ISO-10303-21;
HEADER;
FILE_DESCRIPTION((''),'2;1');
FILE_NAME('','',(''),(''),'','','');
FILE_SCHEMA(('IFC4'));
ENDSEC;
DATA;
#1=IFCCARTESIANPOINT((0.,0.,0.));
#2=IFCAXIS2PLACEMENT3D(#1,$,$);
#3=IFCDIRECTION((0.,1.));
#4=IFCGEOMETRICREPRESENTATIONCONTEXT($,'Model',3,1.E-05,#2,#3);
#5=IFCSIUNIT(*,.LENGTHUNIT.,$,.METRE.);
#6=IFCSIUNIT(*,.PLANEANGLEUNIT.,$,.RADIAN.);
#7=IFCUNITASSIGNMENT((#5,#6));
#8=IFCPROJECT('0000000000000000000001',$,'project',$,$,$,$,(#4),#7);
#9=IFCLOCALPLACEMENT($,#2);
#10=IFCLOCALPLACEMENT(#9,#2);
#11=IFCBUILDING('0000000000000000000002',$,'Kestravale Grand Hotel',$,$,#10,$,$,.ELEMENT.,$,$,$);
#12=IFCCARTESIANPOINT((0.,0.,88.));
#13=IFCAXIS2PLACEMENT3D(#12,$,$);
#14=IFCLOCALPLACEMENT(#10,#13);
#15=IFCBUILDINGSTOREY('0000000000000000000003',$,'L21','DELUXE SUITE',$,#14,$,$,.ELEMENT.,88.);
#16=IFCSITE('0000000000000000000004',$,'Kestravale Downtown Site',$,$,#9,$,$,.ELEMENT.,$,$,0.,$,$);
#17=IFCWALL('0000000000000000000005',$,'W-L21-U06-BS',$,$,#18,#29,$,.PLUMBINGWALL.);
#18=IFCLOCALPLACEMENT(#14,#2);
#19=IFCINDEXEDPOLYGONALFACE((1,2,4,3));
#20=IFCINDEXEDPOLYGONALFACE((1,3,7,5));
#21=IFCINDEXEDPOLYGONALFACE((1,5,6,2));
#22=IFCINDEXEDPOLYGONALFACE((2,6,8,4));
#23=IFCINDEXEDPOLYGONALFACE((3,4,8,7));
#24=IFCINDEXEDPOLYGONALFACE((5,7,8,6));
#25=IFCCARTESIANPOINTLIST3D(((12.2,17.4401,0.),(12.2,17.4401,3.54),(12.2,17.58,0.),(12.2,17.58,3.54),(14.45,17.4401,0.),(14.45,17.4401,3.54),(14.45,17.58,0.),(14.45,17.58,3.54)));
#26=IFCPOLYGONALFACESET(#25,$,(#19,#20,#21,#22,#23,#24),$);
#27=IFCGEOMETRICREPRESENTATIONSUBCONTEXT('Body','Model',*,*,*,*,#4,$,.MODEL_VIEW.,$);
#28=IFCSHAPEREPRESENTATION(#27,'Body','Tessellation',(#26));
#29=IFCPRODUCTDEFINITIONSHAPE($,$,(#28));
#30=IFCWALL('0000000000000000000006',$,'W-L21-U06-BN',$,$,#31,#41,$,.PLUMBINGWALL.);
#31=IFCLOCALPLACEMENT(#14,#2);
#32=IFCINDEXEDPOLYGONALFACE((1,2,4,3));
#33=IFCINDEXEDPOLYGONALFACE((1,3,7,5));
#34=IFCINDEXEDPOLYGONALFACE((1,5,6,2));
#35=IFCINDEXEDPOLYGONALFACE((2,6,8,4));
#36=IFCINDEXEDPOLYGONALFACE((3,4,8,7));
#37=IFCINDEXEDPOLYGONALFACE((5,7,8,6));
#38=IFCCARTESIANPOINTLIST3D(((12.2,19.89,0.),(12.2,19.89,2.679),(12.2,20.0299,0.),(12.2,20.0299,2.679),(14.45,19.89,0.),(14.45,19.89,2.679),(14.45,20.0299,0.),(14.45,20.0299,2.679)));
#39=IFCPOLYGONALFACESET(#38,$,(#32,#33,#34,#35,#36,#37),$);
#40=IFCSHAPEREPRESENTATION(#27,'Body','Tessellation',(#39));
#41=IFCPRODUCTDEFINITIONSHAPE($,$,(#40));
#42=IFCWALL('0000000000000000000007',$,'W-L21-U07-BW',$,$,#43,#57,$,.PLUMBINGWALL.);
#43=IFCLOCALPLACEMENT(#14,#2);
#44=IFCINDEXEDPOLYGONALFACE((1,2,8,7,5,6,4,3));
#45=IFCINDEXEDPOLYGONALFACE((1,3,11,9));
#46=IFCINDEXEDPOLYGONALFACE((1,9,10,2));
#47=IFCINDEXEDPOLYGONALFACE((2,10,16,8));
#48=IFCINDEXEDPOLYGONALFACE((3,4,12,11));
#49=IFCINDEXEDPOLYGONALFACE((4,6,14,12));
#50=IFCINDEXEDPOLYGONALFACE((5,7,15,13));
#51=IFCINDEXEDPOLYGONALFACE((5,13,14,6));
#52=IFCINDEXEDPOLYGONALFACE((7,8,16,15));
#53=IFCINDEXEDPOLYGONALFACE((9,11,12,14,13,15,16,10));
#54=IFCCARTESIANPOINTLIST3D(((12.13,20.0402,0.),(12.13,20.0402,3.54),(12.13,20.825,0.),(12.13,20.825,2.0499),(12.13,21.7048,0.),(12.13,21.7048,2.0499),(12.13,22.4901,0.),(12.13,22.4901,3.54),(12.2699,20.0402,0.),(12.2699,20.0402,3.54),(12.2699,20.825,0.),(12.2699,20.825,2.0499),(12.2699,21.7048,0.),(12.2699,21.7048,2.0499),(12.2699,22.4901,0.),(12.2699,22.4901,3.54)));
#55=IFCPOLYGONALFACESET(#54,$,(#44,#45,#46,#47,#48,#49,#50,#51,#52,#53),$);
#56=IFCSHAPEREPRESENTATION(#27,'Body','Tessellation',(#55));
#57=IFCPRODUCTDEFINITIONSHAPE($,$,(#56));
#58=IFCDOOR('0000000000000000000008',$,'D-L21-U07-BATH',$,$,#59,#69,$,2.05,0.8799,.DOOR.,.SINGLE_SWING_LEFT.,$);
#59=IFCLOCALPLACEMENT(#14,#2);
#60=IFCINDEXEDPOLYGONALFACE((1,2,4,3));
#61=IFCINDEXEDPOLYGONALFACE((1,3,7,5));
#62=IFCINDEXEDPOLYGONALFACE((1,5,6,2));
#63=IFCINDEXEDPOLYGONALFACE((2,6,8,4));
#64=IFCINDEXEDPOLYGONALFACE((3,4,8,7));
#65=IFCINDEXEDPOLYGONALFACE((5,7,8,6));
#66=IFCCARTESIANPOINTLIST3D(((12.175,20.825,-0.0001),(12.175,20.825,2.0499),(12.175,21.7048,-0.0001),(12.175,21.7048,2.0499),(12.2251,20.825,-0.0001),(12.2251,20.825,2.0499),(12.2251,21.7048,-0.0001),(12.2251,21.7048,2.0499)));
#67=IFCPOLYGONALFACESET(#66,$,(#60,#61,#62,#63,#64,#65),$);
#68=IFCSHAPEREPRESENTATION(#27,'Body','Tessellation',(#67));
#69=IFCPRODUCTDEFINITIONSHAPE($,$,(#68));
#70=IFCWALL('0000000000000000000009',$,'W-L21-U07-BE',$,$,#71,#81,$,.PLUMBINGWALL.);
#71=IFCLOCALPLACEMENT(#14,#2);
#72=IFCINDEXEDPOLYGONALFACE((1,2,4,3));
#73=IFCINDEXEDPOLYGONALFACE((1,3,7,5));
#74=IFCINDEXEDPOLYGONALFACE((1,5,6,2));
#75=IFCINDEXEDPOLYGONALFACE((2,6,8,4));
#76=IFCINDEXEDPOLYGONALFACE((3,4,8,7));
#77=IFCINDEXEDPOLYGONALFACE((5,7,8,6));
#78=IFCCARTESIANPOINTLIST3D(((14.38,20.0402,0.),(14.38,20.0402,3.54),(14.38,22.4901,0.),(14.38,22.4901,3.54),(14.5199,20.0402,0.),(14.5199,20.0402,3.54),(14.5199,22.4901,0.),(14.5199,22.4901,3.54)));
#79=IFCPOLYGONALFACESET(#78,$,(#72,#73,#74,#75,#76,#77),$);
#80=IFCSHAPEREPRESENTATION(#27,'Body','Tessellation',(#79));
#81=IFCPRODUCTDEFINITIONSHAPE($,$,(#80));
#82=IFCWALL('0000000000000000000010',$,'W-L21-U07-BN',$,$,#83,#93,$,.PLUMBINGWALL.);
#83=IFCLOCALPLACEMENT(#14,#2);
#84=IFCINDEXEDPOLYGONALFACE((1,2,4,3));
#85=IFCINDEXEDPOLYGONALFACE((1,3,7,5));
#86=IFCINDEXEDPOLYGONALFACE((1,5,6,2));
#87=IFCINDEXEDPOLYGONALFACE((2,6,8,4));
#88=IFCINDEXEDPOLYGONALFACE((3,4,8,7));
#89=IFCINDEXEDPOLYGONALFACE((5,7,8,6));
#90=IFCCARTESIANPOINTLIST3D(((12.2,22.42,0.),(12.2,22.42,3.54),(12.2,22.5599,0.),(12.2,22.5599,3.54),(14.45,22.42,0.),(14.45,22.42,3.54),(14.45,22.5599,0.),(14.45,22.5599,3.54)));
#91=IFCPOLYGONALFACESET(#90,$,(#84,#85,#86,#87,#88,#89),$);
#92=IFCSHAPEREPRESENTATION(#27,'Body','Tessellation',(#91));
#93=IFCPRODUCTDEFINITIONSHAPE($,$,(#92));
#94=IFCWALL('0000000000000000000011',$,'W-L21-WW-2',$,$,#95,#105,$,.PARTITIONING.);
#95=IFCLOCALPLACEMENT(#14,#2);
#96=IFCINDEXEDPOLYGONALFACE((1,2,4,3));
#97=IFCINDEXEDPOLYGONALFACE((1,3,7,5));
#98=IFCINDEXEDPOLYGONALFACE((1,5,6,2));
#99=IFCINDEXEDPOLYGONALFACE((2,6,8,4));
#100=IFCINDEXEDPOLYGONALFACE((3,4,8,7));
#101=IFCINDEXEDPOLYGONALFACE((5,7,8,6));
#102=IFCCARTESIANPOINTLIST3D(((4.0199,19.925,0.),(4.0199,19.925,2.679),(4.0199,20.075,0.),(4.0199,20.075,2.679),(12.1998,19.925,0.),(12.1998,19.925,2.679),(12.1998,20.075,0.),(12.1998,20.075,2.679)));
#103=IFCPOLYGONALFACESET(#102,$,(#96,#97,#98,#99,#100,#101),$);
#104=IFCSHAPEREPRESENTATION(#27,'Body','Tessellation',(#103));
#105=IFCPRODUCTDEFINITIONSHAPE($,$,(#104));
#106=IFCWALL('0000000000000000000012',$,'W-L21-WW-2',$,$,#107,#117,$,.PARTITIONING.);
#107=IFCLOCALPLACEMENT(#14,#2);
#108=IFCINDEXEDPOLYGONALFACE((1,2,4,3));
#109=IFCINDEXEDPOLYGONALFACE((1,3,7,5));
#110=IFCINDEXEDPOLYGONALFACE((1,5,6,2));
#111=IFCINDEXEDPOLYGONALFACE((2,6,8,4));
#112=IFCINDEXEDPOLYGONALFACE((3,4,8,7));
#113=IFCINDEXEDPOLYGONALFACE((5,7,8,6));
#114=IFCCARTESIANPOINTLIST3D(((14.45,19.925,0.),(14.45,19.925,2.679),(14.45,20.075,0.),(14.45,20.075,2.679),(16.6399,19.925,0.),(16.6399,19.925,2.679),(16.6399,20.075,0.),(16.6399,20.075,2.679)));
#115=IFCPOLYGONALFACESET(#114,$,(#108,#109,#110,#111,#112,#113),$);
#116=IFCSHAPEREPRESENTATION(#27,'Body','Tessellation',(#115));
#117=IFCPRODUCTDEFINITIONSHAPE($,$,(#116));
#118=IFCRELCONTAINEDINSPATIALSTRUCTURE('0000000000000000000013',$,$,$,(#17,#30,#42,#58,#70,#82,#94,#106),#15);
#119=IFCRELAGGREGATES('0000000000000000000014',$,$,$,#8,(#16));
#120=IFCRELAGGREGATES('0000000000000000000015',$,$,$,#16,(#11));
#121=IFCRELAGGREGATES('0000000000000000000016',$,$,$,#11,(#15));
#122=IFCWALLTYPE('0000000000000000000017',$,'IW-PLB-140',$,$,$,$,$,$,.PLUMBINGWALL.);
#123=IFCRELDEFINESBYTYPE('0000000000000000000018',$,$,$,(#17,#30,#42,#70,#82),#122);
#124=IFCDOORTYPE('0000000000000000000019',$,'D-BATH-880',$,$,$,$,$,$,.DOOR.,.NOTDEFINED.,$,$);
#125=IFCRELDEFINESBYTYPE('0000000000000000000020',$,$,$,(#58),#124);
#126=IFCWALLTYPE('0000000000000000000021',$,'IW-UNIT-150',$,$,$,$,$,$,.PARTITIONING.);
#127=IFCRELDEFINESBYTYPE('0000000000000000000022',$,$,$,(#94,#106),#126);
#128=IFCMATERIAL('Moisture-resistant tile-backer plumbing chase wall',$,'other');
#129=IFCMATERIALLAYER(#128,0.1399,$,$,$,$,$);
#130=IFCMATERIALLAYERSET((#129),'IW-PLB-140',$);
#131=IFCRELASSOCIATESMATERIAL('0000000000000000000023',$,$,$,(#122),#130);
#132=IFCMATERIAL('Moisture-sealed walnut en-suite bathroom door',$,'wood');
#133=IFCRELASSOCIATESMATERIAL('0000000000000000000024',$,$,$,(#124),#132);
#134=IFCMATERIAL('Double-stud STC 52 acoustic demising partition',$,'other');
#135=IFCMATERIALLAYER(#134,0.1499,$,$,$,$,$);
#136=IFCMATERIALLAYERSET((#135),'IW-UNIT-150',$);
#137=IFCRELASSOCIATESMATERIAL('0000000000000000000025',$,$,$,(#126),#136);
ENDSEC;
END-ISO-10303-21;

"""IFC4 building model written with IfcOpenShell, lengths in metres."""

from ifc_helpers import new_model, si_unit, direction, frame, frame_2d, origin, place, context, subcontext, project, spatial, rectangle, extrude, material, layer, layer_set, type_object, element, fill, save


model = new_model("IFC4")

# Units and contexts
model_context = context("Model", 3, precision=1e-05, world=origin(), true_north=direction((0.0, 1.0)))
body_context = subcontext(model_context, "Body", "Model", "MODEL_VIEW")
ifc_project = project(units=[si_unit("LENGTHUNIT", "METRE"), si_unit("PLANEANGLEUNIT", "RADIAN")], contexts=[model_context])

# Site, building, storey
site_placement = place(None, origin())
site = spatial("IfcSite", under=ifc_project, at=site_placement, Name="Kestravale Downtown Site", CompositionType="ELEMENT", RefElevation=0.0)
building_placement = place(site_placement, origin())
building = spatial("IfcBuilding", under=site, at=building_placement, Name="Kestravale Grand Hotel", CompositionType="ELEMENT")
storey_placement = place(building_placement, frame((0.0, 0.0, 88.0)))
storey = spatial("IfcBuildingStorey", under=building, at=storey_placement, Name="L21", Description="DELUXE SUITE", CompositionType="ELEMENT", Elevation=88.0)

# Shared definitions
ifc_material_1 = material(Name="Moisture-resistant tile-backer plumbing chase wall", Category="other")
ifc_layer_1 = layer(ifc_material_1, 0.1399)
ifc_layer_set_1 = layer_set([ifc_layer_1], Name="IW-PLB-140")
wall_type_1 = type_object("IfcWallType", Name="IW-PLB-140", PredefinedType="PLUMBINGWALL", material=ifc_layer_set_1)
ifc_material_2 = material(Name="Moisture-sealed walnut en-suite bathroom door", Category="wood")
door_type_1 = type_object("IfcDoorType", Name="D-BATH-880", OperationType="NOTDEFINED", PredefinedType="DOOR", material=ifc_material_2)

# Walls
wall_1_placement = place(storey_placement, frame((12.2, 17.51, 0.0), z_axis=(0.0, 0.0, 1.0), x_axis=(1.0, 0.0, 0.0)))
element("IfcWall", 1, at=wall_1_placement, inside=storey, type_object=wall_type_1, Name="W-L21-U06-BS", PredefinedType="PLUMBINGWALL", context=body_context, shape_type="SweptSolid", body=[
    extrude(rectangle(XDim=2.25, YDim=0.1399, at=frame_2d((1.125, 0.0))), origin(), (0.0, 0.0, 1.0), 3.54),
])
wall_2_placement = place(storey_placement, frame((12.2, 19.96, 0.0), z_axis=(0.0, 0.0, 1.0), x_axis=(1.0, 0.0, 0.0)))
element("IfcWall", 2, at=wall_2_placement, inside=storey, type_object=wall_type_1, Name="W-L21-U06-BN", PredefinedType="PLUMBINGWALL", context=body_context, shape_type="SweptSolid", body=[
    extrude(rectangle(XDim=2.25, YDim=0.1399, at=frame_2d((1.125, 0.0))), origin(), (0.0, 0.0, 1.0), 2.679),
])

# Wall, opening, door
wall_3_placement = place(storey_placement, frame((12.2, 20.04, 0.0), z_axis=(0.0, 0.0, 1.0), x_axis=(0.0, 1.0, 0.0)))
wall_3 = element("IfcWall", 3, at=wall_3_placement, inside=storey, type_object=wall_type_1, Name="W-L21-U07-BW", PredefinedType="PLUMBINGWALL", context=body_context, shape_type="SweptSolid", body=[
    extrude(rectangle(XDim=2.45, YDim=0.1399, at=frame_2d((1.2251, 0.0))), origin(), (0.0, 0.0, 1.0), 3.54),
])
opening_1_placement = place(wall_3_placement, frame((0.7849, 0.0, 0.0)))
opening_1 = element("IfcOpeningElement", 4, at=opening_1_placement, cuts=wall_3, PredefinedType="OPENING", context=body_context, shape_type="SweptSolid", body=[
    extrude(rectangle(XDim=0.8799, YDim=2.05, at=frame_2d((0.4399, 1.0249))), frame((0.0, 0.0798, 0.0), z_axis=(0.0, -1.0, 0.0), x_axis=(1.0, 0.0, 0.0)), (0.0, 0.0, 1.0), 0.1599),
])
door_1_placement = place(opening_1_placement, origin())
door_1 = element("IfcDoor", 5, at=door_1_placement, inside=storey, type_object=door_type_1, Name="D-L21-U07-BATH", OperationType="SINGLE_SWING_LEFT", OverallHeight=2.05, OverallWidth=0.8799, PredefinedType="DOOR", context=body_context, shape_type="SweptSolid", body=[
    extrude(rectangle(XDim=0.8799, YDim=2.05, at=frame_2d((0.4399, 1.0249))), frame((0.0, 0.0249, 0.0), z_axis=(0.0, -1.0, 0.0), x_axis=(1.0, 0.0, 0.0)), (0.0, 0.0, 1.0), 0.05),
])
fill(opening_1, door_1)

# Walls
wall_4_placement = place(storey_placement, frame((14.45, 20.04, 0.0), z_axis=(0.0, 0.0, 1.0), x_axis=(0.0, 1.0, 0.0)))
element("IfcWall", 6, at=wall_4_placement, inside=storey, type_object=wall_type_1, Name="W-L21-U07-BE", PredefinedType="PLUMBINGWALL", context=body_context, shape_type="SweptSolid", body=[
    extrude(rectangle(XDim=2.45, YDim=0.1399, at=frame_2d((1.2251, 0.0))), origin(), (0.0, 0.0, 1.0), 3.54),
])
wall_5_placement = place(storey_placement, frame((12.2, 22.49, 0.0), z_axis=(0.0, 0.0, 1.0), x_axis=(1.0, 0.0, 0.0)))
element("IfcWall", 7, at=wall_5_placement, inside=storey, type_object=wall_type_1, Name="W-L21-U07-BN", PredefinedType="PLUMBINGWALL", context=body_context, shape_type="SweptSolid", body=[
    extrude(rectangle(XDim=2.25, YDim=0.1399, at=frame_2d((1.125, 0.0))), origin(), (0.0, 0.0, 1.0), 3.54),
])
ifc_material_3 = material(Name="Double-stud STC 52 acoustic demising partition", Category="other")
ifc_layer_2 = layer(ifc_material_3, 0.1499)
ifc_layer_set_2 = layer_set([ifc_layer_2], Name="IW-UNIT-150")
wall_type_2 = type_object("IfcWallType", Name="IW-UNIT-150", PredefinedType="PARTITIONING", material=ifc_layer_set_2)
wall_6_placement = place(storey_placement, frame((4.02, 20.0, 0.0), z_axis=(0.0, 0.0, 1.0), x_axis=(1.0, 0.0, 0.0)))
element("IfcWall", 8, at=wall_6_placement, inside=storey, type_object=wall_type_2, Name="W-L21-WW-2", PredefinedType="PARTITIONING", context=body_context, shape_type="SweptSolid", body=[
    extrude(rectangle(XDim=8.1799, YDim=0.1499, at=frame_2d((4.0898, 0.0))), origin(), (0.0, 0.0, 1.0), 2.679),
])
wall_7_placement = place(storey_placement, frame((14.45, 20.0, 0.0), z_axis=(0.0, 0.0, 1.0), x_axis=(1.0, 0.0, 0.0)))
element("IfcWall", 9, at=wall_7_placement, inside=storey, type_object=wall_type_2, Name="W-L21-WW-2", PredefinedType="PARTITIONING", context=body_context, shape_type="SweptSolid", body=[
    extrude(rectangle(XDim=2.1899, YDim=0.1499, at=frame_2d((1.095, 0.0))), origin(), (0.0, 0.0, 1.0), 2.679),
])

save(model, "model.ifc")
